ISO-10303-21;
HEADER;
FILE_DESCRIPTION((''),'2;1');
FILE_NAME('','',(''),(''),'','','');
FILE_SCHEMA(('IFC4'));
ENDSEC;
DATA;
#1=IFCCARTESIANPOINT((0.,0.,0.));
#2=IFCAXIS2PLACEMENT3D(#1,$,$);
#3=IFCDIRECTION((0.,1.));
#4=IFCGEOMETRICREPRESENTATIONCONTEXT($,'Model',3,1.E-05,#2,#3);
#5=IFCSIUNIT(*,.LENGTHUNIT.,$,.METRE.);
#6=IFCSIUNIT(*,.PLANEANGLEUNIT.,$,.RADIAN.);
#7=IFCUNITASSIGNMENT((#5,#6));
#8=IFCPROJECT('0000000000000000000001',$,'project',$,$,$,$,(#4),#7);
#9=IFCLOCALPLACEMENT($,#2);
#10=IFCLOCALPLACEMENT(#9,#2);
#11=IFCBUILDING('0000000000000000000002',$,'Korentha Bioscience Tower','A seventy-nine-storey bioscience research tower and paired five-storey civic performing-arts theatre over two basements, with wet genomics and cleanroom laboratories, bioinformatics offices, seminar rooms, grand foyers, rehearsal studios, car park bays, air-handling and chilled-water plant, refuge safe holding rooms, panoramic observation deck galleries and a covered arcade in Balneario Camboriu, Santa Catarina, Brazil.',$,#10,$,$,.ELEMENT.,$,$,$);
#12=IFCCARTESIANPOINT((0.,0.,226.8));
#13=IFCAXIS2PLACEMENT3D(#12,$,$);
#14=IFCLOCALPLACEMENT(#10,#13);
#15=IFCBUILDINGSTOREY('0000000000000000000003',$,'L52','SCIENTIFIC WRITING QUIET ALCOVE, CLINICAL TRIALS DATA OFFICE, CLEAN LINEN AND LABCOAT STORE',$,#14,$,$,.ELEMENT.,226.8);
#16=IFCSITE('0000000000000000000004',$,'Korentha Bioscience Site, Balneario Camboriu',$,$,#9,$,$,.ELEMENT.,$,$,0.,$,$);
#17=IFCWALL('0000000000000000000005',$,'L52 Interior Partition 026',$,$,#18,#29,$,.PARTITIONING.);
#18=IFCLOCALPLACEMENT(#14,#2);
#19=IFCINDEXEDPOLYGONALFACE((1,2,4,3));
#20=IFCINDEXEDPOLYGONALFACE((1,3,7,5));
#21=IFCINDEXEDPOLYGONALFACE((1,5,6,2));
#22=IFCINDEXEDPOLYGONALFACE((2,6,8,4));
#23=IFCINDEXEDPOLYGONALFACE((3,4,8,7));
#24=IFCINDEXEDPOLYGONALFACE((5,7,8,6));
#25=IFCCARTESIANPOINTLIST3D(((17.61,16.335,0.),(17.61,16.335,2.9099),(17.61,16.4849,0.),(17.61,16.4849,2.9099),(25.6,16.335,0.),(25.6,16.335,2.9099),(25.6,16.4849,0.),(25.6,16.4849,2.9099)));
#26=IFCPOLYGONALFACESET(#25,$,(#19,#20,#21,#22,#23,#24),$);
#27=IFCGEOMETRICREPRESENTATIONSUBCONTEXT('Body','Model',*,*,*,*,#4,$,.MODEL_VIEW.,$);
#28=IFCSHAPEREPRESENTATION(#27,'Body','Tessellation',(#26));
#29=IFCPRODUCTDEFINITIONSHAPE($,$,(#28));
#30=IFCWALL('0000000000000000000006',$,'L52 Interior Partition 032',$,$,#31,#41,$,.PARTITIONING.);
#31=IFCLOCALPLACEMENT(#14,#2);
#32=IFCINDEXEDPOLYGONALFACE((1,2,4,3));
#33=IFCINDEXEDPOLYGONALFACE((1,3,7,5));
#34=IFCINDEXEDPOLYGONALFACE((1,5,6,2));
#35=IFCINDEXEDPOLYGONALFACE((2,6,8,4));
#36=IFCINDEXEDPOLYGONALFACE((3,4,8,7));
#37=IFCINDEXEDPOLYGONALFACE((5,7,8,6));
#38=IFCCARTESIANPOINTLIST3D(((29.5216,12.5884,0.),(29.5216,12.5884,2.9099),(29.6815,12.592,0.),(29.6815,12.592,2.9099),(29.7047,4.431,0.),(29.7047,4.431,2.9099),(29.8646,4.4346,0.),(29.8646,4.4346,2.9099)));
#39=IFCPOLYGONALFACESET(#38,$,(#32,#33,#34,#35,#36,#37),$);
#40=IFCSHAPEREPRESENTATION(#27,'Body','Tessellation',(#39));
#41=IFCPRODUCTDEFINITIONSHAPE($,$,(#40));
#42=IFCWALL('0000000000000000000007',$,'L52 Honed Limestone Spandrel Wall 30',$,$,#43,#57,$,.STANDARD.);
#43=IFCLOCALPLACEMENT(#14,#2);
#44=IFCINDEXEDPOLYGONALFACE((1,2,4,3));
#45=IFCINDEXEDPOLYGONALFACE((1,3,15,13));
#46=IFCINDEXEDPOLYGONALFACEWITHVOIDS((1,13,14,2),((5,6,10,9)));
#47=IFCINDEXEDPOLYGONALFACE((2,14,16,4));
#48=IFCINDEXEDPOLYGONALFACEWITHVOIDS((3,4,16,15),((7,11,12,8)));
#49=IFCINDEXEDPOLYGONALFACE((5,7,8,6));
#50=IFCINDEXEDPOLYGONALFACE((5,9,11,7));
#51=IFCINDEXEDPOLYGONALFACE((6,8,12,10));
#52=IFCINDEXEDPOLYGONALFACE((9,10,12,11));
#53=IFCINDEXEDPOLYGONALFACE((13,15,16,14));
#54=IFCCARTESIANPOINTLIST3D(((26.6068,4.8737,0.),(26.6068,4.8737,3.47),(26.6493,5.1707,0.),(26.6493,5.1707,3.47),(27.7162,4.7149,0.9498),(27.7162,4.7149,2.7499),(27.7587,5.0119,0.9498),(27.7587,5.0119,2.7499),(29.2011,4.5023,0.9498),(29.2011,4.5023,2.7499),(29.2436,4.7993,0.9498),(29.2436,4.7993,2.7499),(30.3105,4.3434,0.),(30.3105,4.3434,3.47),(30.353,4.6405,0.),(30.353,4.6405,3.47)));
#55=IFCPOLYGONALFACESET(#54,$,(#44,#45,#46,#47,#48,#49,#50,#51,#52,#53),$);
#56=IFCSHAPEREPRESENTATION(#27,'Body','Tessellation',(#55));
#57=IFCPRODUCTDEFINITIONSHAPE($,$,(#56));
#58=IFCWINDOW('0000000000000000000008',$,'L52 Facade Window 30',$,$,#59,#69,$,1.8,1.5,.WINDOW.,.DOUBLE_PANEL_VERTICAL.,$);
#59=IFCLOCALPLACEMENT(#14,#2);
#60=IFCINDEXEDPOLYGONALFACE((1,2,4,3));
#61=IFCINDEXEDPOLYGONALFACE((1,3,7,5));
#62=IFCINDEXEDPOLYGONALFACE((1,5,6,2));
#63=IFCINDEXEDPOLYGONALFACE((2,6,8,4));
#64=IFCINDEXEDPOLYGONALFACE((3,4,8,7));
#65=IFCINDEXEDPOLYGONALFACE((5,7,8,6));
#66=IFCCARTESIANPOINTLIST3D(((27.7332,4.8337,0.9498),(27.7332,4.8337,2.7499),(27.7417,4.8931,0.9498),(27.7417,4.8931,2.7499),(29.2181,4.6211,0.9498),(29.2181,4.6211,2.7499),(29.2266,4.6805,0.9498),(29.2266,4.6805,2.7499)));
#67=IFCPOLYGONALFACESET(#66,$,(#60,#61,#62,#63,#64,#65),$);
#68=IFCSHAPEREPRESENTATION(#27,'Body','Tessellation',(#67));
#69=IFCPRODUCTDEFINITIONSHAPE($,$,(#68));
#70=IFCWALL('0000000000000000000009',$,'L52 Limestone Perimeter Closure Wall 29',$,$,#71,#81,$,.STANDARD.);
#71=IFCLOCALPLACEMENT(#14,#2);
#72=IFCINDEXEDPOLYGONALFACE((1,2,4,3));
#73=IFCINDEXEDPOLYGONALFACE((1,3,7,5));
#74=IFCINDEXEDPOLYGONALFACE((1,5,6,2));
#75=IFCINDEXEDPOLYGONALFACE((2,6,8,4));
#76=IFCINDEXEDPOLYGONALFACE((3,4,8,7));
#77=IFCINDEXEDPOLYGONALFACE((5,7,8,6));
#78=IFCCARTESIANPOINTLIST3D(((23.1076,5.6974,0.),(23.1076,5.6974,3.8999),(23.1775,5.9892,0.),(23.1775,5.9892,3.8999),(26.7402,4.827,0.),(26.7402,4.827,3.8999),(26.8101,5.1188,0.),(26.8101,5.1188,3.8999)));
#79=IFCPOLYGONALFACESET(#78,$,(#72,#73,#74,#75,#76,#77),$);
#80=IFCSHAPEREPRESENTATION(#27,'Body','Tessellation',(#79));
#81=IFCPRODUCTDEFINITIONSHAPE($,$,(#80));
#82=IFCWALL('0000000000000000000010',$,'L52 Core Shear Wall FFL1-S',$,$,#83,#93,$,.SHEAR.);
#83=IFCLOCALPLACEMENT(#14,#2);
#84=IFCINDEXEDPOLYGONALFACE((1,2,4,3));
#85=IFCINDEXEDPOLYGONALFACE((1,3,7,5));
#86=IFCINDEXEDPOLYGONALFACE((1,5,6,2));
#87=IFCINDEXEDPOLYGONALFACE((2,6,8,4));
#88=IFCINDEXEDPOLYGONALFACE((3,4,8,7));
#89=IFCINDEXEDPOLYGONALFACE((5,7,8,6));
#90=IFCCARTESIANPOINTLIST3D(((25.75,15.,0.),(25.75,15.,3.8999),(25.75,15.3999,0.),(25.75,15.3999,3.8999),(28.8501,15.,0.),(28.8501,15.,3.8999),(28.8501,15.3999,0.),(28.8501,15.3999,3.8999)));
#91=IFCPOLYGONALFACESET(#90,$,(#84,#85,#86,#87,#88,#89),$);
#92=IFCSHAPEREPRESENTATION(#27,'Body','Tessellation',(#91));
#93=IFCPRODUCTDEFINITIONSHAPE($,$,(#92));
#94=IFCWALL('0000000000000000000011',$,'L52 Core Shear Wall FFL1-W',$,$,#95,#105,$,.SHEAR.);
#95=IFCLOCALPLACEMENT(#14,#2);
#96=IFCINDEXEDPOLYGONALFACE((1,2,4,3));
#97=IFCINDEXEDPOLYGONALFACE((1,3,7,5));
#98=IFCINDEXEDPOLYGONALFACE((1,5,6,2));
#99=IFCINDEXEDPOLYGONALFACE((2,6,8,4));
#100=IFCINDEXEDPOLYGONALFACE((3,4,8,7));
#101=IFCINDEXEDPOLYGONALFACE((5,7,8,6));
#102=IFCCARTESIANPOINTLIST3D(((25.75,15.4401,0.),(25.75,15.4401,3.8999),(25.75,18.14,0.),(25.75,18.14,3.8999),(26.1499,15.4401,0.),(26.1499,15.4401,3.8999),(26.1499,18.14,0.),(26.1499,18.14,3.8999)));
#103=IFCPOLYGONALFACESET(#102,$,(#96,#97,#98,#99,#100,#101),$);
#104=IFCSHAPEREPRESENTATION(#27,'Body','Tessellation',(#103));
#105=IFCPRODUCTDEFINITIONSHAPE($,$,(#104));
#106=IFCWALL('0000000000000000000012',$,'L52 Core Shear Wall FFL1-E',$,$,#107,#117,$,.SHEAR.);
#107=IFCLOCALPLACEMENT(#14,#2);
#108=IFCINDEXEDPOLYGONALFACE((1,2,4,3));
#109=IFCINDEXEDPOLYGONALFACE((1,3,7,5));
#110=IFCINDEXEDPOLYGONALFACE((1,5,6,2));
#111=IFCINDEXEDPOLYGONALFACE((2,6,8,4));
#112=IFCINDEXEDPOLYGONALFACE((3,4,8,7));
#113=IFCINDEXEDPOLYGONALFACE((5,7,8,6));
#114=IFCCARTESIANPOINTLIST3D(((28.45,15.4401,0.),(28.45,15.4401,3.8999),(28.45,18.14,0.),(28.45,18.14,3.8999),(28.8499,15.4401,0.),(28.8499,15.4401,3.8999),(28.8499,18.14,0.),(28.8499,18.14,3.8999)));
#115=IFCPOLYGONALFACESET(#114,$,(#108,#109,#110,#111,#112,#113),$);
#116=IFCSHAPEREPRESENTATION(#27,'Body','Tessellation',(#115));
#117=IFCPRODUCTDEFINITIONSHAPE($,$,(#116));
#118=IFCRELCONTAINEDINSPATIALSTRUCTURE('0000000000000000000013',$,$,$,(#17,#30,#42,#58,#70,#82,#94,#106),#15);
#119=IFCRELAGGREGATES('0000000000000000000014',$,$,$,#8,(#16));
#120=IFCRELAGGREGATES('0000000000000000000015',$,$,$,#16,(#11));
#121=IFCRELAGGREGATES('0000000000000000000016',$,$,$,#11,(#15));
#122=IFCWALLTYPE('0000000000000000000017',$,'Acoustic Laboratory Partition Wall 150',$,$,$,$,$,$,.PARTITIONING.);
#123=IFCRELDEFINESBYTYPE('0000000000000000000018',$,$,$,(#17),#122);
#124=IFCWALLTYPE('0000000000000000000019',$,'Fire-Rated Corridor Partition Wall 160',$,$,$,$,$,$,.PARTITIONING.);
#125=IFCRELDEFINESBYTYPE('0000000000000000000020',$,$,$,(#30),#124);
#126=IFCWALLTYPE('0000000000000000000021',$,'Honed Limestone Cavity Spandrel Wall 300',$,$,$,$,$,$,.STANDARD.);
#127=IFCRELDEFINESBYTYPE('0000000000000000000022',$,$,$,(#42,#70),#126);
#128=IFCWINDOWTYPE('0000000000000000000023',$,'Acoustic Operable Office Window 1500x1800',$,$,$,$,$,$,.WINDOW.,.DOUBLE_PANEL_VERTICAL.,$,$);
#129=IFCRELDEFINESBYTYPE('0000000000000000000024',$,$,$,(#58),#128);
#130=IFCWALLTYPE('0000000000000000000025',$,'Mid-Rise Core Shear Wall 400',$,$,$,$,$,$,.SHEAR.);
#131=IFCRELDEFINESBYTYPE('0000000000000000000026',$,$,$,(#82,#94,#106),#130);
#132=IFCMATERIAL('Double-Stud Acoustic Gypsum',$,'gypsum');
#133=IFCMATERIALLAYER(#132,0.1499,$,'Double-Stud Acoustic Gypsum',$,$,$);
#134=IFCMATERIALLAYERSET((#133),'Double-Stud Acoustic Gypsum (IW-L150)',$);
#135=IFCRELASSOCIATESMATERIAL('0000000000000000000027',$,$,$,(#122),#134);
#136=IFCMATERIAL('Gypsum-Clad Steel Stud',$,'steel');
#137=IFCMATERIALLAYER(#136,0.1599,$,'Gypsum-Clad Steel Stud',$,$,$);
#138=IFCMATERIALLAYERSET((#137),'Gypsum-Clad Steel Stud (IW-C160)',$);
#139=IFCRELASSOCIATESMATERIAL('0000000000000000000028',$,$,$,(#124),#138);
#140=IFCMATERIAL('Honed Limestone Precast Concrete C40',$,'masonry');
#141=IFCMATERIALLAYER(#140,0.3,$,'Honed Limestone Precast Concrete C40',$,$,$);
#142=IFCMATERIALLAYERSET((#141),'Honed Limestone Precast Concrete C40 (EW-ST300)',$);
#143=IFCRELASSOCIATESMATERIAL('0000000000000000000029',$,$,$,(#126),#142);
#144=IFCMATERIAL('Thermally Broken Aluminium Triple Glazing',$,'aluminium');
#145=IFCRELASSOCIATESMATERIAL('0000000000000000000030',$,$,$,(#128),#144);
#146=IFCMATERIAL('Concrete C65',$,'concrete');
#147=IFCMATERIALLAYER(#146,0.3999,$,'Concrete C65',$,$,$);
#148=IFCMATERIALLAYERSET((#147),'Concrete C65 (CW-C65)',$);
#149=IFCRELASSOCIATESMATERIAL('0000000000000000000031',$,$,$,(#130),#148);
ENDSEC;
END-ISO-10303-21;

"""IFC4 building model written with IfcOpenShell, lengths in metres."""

from ifc_helpers import new_model, si_unit, direction, frame, frame_2d, origin, place, context, subcontext, project, spatial, rectangle, extrude, material, layer, layer_set, type_object, element, fill, save


model = new_model("IFC4")

# Units and contexts
model_context = context("Model", 3, precision=1e-05, world=origin(), true_north=direction((0.0, 1.0)))
body_context = subcontext(model_context, "Body", "Model", "MODEL_VIEW")
ifc_project = project(units=[si_unit("LENGTHUNIT", "METRE"), si_unit("PLANEANGLEUNIT", "RADIAN")], contexts=[model_context])

# Site, building, storey
site_placement = place(None, origin())
site = spatial("IfcSite", under=ifc_project, at=site_placement, Name="Korentha Bioscience Site, Balneario Camboriu", CompositionType="ELEMENT", RefElevation=0.0)
building_placement = place(site_placement, origin())
building = spatial("IfcBuilding", under=site, at=building_placement, Name="Korentha Bioscience Tower", Description="A seventy-nine-storey bioscience research tower and paired five-storey civic performing-arts theatre over two basements, with wet genomics and cleanroom laboratories, bioinformatics offices, seminar rooms, grand foyers, rehearsal studios, car park bays, air-handling and chilled-water plant, refuge safe holding rooms, panoramic observation deck galleries and a covered arcade in Balneario Camboriu, Santa Catarina, Brazil.", CompositionType="ELEMENT")
storey_placement = place(building_placement, frame((0.0, 0.0, 226.8)))
storey = spatial("IfcBuildingStorey", under=building, at=storey_placement, Name="L52", Description="SCIENTIFIC WRITING QUIET ALCOVE, CLINICAL TRIALS DATA OFFICE, CLEAN LINEN AND LABCOAT STORE", CompositionType="ELEMENT", Elevation=226.8)

# Shared definitions
ifc_material_1 = material(Name="Concrete C65", Category="concrete")

# Shared definitions
ifc_material_2 = material(Name="Double-Stud Acoustic Gypsum", Category="gypsum")
ifc_layer_1 = layer(ifc_material_2, 0.1499, Name="Double-Stud Acoustic Gypsum")
ifc_layer_set_1 = layer_set([ifc_layer_1], Name="Double-Stud Acoustic Gypsum (IW-L150)")
wall_type_1 = type_object("IfcWallType", Name="Acoustic Laboratory Partition Wall 150", PredefinedType="PARTITIONING", material=ifc_layer_set_1)

# Walls
wall_1_placement = place(storey_placement, frame((25.6001, 16.4099, 0.0), z_axis=(0.0, 0.0, 1.0), x_axis=(-1.0, 0.0, 0.0)))
element("IfcWall", 1, at=wall_1_placement, inside=storey, type_object=wall_type_1, Name="L52 Interior Partition 026", PredefinedType="PARTITIONING", context=body_context, shape_type="SweptSolid", body=[
    extrude(rectangle(XDim=7.99, YDim=0.1499, at=frame_2d((3.9951, 0.0))), origin(), (0.0, 0.0, 1.0), 2.9099),
])
ifc_material_3 = material(Name="Gypsum-Clad Steel Stud", Category="steel")
ifc_layer_2 = layer(ifc_material_3, 0.1599, Name="Gypsum-Clad Steel Stud")
ifc_layer_set_2 = layer_set([ifc_layer_2], Name="Gypsum-Clad Steel Stud (IW-C160)")
wall_type_2 = type_object("IfcWallType", Name="Fire-Rated Corridor Partition Wall 160", PredefinedType="PARTITIONING", material=ifc_layer_set_2)
wall_2_placement = place(storey_placement, frame((29.6016, 12.5901, 0.0), z_axis=(0.0, 0.0, 1.0), x_axis=(0.022441, -0.999748, 0.0)))
element("IfcWall", 2, at=wall_2_placement, inside=storey, type_object=wall_type_2, Name="L52 Interior Partition 032", PredefinedType="PARTITIONING", context=body_context, shape_type="SweptSolid", body=[
    extrude(rectangle(XDim=8.1594, YDim=0.1599, at=frame_2d((4.0796, 0.0))), origin(), (0.0, 0.0, 1.0), 2.9099),
])

# Wall, opening, window
ifc_material_4 = material(Name="Honed Limestone Precast Concrete C40", Category="masonry")
ifc_layer_3 = layer(ifc_material_4, 0.3, Name="Honed Limestone Precast Concrete C40")
ifc_layer_set_3 = layer_set([ifc_layer_3], Name="Honed Limestone Precast Concrete C40 (EW-ST300)")
wall_type_3 = type_object("IfcWallType", Name="Honed Limestone Cavity Spandrel Wall 300", PredefinedType="STANDARD", material=ifc_layer_set_3)
wall_3_placement = place(storey_placement, frame((26.6282, 5.0222, 0.0), z_axis=(0.0, 0.0, 1.0), x_axis=(0.989905, -0.141732, 0.0)))
wall_3 = element("IfcWall", 3, at=wall_3_placement, inside=storey, type_object=wall_type_3, Name="L52 Honed Limestone Spandrel Wall 30", PredefinedType="STANDARD", context=body_context, shape_type="SweptSolid", body=[
    extrude(rectangle(XDim=3.7415, YDim=0.3, at=frame_2d((1.8706, 0.0))), origin(), (0.0, 0.0, 1.0), 3.47),
])
opening_1_placement = place(wall_3_placement, frame((1.1206, 0.0, 0.95)))
opening_1 = element("IfcOpeningElement", 4, at=opening_1_placement, cuts=wall_3, PredefinedType="OPENING", context=body_context, shape_type="SweptSolid", body=[
    extrude(rectangle(XDim=1.5, YDim=1.8, at=frame_2d((0.75, 0.8999))), frame((0.0, 0.165, 0.0), z_axis=(0.0, -1.0, 0.0), x_axis=(1.0, 0.0, 0.0)), (0.0, 0.0, 1.0), 0.3298),
])
ifc_material_5 = material(Name="Thermally Broken Aluminium Triple Glazing", Category="aluminium")
window_type = type_object("IfcWindowType", Name="Acoustic Operable Office Window 1500x1800", PartitioningType="DOUBLE_PANEL_VERTICAL", PredefinedType="WINDOW", material=ifc_material_5)
window_placement = place(opening_1_placement, origin())
window = element("IfcWindow", 5, at=window_placement, inside=storey, type_object=window_type, Name="L52 Facade Window 30", OverallHeight=1.8, OverallWidth=1.5, PartitioningType="DOUBLE_PANEL_VERTICAL", PredefinedType="WINDOW", context=body_context, shape_type="SweptSolid", body=[
    extrude(rectangle(XDim=1.5, YDim=1.8, at=frame_2d((0.75, 0.8999))), frame((0.0, 0.03, 0.0), z_axis=(0.0, -1.0, 0.0), x_axis=(1.0, 0.0, 0.0)), (0.0, 0.0, 1.0), 0.0601),
])
fill(opening_1, window)

# Walls
wall_4_placement = place(storey_placement, frame((23.1426, 5.8433, 0.0), z_axis=(0.0, 0.0, 1.0), x_axis=(0.972476, -0.233005, 0.0)))
element("IfcWall", 6, at=wall_4_placement, inside=storey, type_object=wall_type_3, Name="L52 Limestone Perimeter Closure Wall 29", PredefinedType="STANDARD", context=body_context, shape_type="SweptSolid", body=[
    extrude(rectangle(XDim=3.7354, YDim=0.3, at=frame_2d((1.8677, 0.0))), origin(), (0.0, 0.0, 1.0), 3.8999),
])
ifc_layer_4 = layer(ifc_material_1, 0.3999, Name="Concrete C65")
ifc_layer_set_4 = layer_set([ifc_layer_4], Name="Concrete C65 (CW-C65)")
wall_type_4 = type_object("IfcWallType", Name="Mid-Rise Core Shear Wall 400", PredefinedType="SHEAR", material=ifc_layer_set_4)
wall_5_placement = place(storey_placement, frame((25.75, 15.2, 0.0), z_axis=(0.0, 0.0, 1.0), x_axis=(1.0, 0.0, 0.0)))
element("IfcWall", 7, at=wall_5_placement, inside=storey, type_object=wall_type_4, Name="L52 Core Shear Wall FFL1-S", PredefinedType="SHEAR", context=body_context, shape_type="SweptSolid", body=[
    extrude(rectangle(XDim=3.1001, YDim=0.3999, at=frame_2d((1.55, 0.0))), origin(), (0.0, 0.0, 1.0), 3.8999),
])
for number, where, z_axis, x_axis, name in (
    (8, (25.95, 15.4399, 0.0), (0.0, 0.0, 1.0), (0.0, 1.0, 0.0), "L52 Core Shear Wall FFL1-W"),
    (9, (28.6499, 15.4399, 0.0), (0.0, 0.0, 1.0), (0.0, 1.0, 0.0), "L52 Core Shear Wall FFL1-E"),
):
    element("IfcWall", number, at=place(storey_placement, frame(where, z_axis=z_axis, x_axis=x_axis)), inside=storey, type_object=wall_type_4, Name=name, PredefinedType="SHEAR", context=body_context, shape_type="SweptSolid", body=[
        extrude(rectangle(XDim=2.7, YDim=0.3999, at=frame_2d((1.3501, 0.0))), origin(), (0.0, 0.0, 1.0), 3.8999),
    ])

save(model, "model.ifc")
